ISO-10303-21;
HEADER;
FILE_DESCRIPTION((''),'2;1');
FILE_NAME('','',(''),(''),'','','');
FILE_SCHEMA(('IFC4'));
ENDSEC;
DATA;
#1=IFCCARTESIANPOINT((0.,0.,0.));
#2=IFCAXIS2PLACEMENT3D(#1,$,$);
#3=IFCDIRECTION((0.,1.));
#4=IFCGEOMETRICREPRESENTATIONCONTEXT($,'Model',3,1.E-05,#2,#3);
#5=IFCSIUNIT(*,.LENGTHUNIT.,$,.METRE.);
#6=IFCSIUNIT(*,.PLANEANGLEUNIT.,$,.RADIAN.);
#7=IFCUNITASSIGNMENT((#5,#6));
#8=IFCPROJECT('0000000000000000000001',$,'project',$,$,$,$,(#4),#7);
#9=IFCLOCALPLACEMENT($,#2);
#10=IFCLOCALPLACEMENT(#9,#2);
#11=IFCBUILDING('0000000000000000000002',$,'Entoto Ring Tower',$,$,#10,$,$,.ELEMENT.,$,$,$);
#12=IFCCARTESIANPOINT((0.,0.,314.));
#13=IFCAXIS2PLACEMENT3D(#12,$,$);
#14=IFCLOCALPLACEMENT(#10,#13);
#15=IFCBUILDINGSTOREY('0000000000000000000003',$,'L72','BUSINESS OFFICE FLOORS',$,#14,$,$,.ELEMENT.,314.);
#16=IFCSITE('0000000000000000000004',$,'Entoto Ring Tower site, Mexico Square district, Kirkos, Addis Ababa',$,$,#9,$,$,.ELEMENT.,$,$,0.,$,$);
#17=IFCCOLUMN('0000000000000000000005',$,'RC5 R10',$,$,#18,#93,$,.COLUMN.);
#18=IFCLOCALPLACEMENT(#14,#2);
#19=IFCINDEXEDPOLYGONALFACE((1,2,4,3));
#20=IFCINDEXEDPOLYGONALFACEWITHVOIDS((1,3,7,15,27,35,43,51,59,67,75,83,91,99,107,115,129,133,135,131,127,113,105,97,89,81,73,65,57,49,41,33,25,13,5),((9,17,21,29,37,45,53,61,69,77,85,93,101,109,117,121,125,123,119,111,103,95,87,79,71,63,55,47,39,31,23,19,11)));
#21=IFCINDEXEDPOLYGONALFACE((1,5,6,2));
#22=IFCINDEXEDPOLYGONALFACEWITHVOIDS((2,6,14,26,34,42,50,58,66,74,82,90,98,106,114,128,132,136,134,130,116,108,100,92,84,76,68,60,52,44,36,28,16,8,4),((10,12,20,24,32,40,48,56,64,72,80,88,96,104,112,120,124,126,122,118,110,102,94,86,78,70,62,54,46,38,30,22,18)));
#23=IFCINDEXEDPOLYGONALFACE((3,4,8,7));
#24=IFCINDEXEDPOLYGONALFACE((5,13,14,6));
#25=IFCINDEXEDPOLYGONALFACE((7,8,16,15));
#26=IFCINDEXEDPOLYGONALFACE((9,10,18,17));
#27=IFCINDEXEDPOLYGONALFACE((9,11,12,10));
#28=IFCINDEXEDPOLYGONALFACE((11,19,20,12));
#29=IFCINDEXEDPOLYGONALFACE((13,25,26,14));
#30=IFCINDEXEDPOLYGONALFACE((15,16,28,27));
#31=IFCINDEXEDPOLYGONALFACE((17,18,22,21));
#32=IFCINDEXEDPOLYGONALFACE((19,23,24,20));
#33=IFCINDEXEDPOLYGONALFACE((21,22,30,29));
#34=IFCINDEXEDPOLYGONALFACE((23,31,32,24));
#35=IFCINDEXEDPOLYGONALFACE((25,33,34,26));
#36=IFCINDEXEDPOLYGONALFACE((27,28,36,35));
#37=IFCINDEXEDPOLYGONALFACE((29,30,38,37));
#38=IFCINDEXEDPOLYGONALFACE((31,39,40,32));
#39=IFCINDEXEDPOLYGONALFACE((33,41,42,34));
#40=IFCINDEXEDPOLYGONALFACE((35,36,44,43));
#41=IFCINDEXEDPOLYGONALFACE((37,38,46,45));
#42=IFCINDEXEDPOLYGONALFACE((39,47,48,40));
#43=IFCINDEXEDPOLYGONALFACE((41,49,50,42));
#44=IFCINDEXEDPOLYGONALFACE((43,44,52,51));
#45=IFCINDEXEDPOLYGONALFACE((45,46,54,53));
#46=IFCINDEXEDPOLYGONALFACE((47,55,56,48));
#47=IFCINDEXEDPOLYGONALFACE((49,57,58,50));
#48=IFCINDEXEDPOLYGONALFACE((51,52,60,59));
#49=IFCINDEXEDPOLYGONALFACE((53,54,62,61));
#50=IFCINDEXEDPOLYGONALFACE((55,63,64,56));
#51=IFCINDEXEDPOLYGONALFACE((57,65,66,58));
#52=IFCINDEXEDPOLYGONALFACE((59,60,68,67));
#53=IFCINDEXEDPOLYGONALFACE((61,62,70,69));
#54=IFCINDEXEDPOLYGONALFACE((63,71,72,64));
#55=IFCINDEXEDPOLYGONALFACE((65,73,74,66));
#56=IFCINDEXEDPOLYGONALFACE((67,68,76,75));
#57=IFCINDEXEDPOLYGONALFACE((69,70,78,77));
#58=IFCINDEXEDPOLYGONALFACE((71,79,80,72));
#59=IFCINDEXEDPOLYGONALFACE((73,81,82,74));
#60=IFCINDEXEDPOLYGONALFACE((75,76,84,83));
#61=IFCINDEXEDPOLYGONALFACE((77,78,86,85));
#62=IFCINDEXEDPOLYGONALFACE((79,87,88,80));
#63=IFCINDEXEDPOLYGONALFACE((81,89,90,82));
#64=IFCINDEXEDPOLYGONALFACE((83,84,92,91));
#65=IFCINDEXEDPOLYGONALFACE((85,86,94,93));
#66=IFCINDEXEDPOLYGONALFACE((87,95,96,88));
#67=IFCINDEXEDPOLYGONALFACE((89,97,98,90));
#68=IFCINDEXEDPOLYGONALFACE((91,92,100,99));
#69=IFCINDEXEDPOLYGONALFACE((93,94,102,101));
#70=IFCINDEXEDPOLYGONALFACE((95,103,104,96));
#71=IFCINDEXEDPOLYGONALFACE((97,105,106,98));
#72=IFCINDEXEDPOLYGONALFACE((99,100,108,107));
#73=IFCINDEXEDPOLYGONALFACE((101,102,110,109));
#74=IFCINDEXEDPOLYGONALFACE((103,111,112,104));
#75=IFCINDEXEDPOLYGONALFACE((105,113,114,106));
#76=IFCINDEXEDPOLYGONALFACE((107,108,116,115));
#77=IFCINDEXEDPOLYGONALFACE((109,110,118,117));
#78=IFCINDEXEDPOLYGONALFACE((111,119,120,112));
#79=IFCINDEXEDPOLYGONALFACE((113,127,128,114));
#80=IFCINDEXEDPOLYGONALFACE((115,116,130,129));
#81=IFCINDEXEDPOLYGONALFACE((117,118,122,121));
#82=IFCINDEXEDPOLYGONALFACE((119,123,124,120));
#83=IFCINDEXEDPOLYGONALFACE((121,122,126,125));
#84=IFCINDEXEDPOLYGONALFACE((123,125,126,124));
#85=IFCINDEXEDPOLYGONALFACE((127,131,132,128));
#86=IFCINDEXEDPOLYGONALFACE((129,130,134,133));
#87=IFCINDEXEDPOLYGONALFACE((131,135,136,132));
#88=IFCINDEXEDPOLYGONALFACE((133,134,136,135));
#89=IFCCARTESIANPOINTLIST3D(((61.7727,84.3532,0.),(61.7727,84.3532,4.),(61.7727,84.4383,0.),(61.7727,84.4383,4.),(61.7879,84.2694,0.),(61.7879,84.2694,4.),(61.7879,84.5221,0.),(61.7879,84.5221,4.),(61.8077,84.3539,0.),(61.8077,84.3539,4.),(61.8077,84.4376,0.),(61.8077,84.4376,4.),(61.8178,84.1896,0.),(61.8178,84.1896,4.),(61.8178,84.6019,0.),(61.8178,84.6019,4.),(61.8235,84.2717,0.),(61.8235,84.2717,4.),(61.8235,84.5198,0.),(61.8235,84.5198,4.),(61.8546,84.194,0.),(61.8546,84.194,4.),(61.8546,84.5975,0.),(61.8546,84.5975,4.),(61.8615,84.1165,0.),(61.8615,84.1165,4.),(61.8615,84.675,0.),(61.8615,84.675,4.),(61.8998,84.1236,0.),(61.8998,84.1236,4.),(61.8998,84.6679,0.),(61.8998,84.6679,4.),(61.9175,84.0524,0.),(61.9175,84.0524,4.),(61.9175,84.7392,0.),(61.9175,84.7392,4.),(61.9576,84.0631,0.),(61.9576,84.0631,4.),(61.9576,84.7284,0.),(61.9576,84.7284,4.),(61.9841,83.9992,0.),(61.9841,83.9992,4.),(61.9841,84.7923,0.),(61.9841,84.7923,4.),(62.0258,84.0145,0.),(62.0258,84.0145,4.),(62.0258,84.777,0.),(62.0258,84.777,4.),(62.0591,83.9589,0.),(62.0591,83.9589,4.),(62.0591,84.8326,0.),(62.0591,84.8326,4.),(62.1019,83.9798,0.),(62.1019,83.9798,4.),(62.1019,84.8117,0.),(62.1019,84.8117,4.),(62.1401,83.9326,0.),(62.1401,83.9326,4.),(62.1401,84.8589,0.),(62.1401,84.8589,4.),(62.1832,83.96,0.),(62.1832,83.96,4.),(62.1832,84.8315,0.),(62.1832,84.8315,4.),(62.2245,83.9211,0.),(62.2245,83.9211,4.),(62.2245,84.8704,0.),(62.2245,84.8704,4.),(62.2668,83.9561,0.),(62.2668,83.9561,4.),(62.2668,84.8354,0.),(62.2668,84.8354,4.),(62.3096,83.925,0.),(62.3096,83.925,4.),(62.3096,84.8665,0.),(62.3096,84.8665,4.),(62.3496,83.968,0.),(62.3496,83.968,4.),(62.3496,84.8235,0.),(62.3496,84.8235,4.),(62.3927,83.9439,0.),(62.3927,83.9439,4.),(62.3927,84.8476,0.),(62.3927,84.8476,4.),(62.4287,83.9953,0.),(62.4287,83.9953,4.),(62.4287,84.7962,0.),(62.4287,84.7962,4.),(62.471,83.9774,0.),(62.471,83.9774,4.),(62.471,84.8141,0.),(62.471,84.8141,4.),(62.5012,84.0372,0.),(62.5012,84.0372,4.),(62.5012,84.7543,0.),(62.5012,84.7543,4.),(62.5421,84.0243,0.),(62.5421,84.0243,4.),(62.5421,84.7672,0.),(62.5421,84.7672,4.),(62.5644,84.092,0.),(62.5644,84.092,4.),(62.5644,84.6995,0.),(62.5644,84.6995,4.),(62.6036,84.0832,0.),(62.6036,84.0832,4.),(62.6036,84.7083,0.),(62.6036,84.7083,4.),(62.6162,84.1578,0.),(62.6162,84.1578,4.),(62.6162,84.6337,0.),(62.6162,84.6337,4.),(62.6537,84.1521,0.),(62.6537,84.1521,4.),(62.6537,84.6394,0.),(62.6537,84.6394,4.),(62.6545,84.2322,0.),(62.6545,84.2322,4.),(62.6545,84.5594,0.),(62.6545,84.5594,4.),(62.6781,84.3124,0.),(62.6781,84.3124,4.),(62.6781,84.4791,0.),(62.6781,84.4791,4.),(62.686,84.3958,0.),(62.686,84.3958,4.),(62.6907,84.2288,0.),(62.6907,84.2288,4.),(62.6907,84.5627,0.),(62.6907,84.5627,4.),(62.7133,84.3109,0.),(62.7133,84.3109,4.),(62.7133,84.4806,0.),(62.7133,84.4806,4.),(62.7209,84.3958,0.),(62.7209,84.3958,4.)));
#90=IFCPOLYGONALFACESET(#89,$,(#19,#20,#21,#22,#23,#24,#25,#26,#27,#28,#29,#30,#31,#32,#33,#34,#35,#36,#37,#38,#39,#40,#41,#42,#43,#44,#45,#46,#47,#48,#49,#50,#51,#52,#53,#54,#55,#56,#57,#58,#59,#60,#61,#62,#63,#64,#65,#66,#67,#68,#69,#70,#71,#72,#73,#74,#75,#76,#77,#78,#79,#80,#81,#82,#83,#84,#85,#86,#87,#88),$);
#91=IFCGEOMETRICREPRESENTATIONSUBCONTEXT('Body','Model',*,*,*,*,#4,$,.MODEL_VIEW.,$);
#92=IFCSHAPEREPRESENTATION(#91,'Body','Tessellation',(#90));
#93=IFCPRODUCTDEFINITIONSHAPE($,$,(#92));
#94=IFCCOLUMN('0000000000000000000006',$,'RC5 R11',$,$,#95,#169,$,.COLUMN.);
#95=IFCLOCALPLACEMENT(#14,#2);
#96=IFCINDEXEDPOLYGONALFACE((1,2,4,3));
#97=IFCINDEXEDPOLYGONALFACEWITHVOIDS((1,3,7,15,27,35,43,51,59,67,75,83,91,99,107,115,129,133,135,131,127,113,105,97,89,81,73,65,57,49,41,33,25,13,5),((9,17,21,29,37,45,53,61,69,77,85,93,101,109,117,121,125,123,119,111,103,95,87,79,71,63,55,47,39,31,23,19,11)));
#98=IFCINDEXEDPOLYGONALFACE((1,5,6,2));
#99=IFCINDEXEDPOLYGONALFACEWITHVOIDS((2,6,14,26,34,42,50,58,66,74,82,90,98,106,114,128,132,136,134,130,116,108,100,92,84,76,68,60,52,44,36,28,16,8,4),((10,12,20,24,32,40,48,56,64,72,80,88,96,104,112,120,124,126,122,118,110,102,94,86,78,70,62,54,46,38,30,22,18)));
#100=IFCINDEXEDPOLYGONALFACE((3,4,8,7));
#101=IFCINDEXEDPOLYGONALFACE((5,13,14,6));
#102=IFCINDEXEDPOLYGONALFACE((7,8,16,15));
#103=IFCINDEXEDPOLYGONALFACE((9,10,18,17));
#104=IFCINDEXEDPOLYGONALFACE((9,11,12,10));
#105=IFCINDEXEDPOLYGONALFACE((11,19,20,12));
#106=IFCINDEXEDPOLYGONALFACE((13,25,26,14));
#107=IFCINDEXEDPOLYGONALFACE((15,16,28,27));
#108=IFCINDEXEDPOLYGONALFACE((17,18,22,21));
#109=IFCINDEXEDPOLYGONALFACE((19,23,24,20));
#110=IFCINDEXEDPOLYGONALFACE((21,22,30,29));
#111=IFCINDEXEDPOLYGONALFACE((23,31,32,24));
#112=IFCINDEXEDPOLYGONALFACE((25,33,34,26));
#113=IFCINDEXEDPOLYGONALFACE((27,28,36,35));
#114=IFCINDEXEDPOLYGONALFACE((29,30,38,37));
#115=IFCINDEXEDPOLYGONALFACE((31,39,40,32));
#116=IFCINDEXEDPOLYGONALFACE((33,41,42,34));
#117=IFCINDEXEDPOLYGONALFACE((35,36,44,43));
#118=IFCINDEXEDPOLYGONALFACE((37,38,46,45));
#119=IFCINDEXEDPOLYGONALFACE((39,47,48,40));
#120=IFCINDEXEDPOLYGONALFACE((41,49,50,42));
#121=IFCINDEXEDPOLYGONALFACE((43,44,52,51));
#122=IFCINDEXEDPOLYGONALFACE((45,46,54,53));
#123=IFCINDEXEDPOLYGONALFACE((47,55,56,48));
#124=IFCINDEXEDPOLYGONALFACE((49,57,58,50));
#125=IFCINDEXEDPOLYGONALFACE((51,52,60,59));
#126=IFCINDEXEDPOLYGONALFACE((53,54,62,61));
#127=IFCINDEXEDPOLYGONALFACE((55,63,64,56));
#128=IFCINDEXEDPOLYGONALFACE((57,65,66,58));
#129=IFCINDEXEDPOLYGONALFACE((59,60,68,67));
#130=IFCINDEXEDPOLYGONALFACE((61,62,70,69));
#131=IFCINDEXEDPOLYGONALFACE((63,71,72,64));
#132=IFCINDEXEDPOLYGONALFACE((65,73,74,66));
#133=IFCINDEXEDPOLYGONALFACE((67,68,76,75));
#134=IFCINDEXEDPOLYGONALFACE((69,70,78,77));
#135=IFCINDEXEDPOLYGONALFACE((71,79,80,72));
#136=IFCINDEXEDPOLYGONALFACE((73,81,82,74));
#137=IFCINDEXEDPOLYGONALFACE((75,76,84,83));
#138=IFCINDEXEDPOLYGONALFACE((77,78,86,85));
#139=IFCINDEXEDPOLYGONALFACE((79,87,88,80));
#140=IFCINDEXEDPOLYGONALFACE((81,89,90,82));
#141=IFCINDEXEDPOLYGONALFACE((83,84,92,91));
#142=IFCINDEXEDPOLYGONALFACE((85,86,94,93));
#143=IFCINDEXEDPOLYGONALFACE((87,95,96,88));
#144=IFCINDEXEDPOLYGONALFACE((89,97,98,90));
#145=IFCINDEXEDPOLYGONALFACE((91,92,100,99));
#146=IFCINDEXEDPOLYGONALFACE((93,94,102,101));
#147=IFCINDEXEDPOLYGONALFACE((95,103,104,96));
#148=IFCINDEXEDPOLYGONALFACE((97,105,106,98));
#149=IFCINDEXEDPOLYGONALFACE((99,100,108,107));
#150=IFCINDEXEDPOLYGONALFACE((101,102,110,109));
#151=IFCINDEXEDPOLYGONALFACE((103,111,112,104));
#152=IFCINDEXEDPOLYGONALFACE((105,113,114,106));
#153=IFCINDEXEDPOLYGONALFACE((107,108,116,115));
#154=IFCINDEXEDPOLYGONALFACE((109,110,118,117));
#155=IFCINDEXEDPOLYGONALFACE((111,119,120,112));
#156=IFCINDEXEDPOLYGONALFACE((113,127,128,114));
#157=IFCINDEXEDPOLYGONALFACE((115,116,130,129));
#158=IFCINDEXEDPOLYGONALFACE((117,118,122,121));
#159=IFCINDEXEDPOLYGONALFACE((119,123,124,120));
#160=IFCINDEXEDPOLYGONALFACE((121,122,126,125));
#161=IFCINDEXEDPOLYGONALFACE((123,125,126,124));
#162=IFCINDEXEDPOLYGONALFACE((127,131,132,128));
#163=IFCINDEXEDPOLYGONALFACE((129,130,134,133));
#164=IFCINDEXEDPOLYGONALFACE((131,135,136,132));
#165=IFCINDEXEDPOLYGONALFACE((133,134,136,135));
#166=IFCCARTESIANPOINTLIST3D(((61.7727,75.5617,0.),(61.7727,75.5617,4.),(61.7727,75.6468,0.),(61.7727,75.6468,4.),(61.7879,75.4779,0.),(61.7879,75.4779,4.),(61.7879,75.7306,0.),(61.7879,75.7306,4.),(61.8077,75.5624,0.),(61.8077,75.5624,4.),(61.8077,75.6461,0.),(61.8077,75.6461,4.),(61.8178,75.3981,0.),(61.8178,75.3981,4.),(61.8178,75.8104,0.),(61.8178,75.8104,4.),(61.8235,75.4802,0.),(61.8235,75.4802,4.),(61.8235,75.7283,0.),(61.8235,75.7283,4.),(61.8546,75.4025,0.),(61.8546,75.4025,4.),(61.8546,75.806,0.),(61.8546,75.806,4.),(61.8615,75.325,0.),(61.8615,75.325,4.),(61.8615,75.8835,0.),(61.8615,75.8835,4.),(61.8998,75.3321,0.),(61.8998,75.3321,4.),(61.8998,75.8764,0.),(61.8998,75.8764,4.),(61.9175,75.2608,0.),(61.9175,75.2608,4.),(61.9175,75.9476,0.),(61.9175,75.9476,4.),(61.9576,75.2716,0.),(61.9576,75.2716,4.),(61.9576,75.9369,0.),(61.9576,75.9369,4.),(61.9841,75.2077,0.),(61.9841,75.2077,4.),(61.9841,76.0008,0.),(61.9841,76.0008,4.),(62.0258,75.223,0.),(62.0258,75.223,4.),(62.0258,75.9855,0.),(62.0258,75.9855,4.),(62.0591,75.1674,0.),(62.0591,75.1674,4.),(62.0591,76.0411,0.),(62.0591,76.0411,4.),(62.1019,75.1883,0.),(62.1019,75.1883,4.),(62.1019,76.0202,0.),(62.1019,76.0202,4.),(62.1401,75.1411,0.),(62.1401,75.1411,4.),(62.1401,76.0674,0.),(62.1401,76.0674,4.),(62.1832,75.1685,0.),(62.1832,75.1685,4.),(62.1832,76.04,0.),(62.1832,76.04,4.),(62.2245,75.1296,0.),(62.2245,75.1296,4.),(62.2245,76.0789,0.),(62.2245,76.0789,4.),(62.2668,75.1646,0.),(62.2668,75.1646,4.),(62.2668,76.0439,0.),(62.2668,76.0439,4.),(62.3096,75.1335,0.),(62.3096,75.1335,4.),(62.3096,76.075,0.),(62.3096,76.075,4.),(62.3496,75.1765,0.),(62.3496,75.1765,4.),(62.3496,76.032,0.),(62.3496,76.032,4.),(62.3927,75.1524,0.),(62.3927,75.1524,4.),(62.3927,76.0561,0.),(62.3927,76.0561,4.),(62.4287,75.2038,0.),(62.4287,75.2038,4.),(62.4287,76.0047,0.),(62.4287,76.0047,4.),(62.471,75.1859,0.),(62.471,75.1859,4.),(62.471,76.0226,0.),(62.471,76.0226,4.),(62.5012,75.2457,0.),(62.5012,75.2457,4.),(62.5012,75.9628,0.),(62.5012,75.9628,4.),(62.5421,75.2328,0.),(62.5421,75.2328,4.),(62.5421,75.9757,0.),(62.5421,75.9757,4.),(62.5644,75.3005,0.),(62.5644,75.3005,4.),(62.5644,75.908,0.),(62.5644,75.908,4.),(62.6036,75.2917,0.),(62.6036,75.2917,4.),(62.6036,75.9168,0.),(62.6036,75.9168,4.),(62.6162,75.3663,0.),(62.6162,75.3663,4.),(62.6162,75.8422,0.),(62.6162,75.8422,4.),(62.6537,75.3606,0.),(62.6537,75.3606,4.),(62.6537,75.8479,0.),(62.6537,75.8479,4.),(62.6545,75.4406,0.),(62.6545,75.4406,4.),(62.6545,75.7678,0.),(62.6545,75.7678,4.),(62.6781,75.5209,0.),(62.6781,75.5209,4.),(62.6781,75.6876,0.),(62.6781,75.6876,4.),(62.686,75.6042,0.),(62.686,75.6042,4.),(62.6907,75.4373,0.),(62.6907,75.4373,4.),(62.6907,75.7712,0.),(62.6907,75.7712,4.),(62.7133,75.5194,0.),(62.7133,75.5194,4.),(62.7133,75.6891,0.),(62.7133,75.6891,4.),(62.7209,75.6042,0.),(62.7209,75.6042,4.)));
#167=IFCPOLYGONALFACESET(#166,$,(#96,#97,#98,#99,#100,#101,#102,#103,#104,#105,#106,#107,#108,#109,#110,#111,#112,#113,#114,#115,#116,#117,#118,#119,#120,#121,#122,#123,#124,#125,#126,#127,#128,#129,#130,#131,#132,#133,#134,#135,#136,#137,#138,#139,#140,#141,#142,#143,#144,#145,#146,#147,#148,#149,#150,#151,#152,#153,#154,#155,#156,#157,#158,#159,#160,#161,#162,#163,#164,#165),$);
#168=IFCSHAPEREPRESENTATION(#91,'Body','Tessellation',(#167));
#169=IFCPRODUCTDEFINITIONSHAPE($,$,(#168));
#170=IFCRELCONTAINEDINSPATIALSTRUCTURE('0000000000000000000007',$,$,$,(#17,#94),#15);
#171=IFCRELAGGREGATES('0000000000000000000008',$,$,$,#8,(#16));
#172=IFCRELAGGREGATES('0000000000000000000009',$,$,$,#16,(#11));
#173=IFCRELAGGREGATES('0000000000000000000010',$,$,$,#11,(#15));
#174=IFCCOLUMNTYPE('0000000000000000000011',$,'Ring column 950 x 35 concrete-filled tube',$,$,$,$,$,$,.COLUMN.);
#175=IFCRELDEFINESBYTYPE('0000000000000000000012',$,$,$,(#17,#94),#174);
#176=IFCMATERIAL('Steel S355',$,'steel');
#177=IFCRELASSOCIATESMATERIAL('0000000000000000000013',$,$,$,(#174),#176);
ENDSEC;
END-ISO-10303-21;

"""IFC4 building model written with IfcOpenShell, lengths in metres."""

from ifc_helpers import new_model, si_unit, direction, frame, origin, origin_2d, place, context, subcontext, project, spatial, circle, hollow_circle, extrude, material, material_profile, profile_set, type_object, element, save


model = new_model("IFC4")

# Units and contexts
model_context = context("Model", 3, precision=1e-05, world=origin(), true_north=direction((0.0, 1.0)))
body_context = subcontext(model_context, "Body", "Model", "MODEL_VIEW")
ifc_project = project(units=[si_unit("LENGTHUNIT", "METRE"), si_unit("PLANEANGLEUNIT", "RADIAN")], contexts=[model_context])

# Site, building, storey
site_placement = place(None, origin())
site = spatial("IfcSite", under=ifc_project, at=site_placement, Name="Entoto Ring Tower site, Mexico Square district, Kirkos, Addis Ababa", CompositionType="ELEMENT", RefElevation=0.0)
building_placement = place(site_placement, origin())
building = spatial("IfcBuilding", under=site, at=building_placement, Name="Entoto Ring Tower", CompositionType="ELEMENT")
storey_placement = place(building_placement, frame((0.0, 0.0, 314.0)))
storey = spatial("IfcBuildingStorey", under=building, at=storey_placement, Name="L72", Description="BUSINESS OFFICE FLOORS", CompositionType="ELEMENT", Elevation=314.0)

# Columns
ifc_material_1 = material(Name="Steel S355", Category="steel")
ifc_material_profile_1 = material_profile(ifc_material_1, hollow_circle(Radius=0.4751, WallThickness=0.0349, at=origin_2d()), Name="CHS 950 x 35")
ifc_material_2 = material(Name="Concrete C60/75", Category="concrete")
ifc_material_profile_2 = material_profile(ifc_material_2, circle(Radius=0.4399, at=origin_2d()), Name="Concrete C60/75 infill")
ifc_profile_set_1 = profile_set([ifc_material_profile_1, ifc_material_profile_2], Name="Steel S355")
column_type = type_object("IfcColumnType", Name="Ring column 950 x 35 concrete-filled tube", PredefinedType="COLUMN", material=ifc_profile_set_1)
for number, where, z_axis, x_axis, name in (
    (1, (62.2458, 84.3958, 0.0), (0.0, 0.0, 1.0), (1.0, 0.0, 0.0), "RC5 R10"),
    (2, (62.2458, 75.6042, 0.0), (0.0, 0.0, 1.0), (1.0, 0.0, 0.0), "RC5 R11"),
):
    element("IfcColumn", number, at=place(storey_placement, frame(where, z_axis=z_axis, x_axis=x_axis)), inside=storey, type_object=column_type, Name=name, PredefinedType="COLUMN", context=body_context, shape_type="SweptSolid", body=[
        extrude(hollow_circle(Radius=0.4751, WallThickness=0.0349, at=origin_2d()), origin(), (0.0, 0.0, 1.0), 4.0),
    ])

save(model, "model.ifc")
